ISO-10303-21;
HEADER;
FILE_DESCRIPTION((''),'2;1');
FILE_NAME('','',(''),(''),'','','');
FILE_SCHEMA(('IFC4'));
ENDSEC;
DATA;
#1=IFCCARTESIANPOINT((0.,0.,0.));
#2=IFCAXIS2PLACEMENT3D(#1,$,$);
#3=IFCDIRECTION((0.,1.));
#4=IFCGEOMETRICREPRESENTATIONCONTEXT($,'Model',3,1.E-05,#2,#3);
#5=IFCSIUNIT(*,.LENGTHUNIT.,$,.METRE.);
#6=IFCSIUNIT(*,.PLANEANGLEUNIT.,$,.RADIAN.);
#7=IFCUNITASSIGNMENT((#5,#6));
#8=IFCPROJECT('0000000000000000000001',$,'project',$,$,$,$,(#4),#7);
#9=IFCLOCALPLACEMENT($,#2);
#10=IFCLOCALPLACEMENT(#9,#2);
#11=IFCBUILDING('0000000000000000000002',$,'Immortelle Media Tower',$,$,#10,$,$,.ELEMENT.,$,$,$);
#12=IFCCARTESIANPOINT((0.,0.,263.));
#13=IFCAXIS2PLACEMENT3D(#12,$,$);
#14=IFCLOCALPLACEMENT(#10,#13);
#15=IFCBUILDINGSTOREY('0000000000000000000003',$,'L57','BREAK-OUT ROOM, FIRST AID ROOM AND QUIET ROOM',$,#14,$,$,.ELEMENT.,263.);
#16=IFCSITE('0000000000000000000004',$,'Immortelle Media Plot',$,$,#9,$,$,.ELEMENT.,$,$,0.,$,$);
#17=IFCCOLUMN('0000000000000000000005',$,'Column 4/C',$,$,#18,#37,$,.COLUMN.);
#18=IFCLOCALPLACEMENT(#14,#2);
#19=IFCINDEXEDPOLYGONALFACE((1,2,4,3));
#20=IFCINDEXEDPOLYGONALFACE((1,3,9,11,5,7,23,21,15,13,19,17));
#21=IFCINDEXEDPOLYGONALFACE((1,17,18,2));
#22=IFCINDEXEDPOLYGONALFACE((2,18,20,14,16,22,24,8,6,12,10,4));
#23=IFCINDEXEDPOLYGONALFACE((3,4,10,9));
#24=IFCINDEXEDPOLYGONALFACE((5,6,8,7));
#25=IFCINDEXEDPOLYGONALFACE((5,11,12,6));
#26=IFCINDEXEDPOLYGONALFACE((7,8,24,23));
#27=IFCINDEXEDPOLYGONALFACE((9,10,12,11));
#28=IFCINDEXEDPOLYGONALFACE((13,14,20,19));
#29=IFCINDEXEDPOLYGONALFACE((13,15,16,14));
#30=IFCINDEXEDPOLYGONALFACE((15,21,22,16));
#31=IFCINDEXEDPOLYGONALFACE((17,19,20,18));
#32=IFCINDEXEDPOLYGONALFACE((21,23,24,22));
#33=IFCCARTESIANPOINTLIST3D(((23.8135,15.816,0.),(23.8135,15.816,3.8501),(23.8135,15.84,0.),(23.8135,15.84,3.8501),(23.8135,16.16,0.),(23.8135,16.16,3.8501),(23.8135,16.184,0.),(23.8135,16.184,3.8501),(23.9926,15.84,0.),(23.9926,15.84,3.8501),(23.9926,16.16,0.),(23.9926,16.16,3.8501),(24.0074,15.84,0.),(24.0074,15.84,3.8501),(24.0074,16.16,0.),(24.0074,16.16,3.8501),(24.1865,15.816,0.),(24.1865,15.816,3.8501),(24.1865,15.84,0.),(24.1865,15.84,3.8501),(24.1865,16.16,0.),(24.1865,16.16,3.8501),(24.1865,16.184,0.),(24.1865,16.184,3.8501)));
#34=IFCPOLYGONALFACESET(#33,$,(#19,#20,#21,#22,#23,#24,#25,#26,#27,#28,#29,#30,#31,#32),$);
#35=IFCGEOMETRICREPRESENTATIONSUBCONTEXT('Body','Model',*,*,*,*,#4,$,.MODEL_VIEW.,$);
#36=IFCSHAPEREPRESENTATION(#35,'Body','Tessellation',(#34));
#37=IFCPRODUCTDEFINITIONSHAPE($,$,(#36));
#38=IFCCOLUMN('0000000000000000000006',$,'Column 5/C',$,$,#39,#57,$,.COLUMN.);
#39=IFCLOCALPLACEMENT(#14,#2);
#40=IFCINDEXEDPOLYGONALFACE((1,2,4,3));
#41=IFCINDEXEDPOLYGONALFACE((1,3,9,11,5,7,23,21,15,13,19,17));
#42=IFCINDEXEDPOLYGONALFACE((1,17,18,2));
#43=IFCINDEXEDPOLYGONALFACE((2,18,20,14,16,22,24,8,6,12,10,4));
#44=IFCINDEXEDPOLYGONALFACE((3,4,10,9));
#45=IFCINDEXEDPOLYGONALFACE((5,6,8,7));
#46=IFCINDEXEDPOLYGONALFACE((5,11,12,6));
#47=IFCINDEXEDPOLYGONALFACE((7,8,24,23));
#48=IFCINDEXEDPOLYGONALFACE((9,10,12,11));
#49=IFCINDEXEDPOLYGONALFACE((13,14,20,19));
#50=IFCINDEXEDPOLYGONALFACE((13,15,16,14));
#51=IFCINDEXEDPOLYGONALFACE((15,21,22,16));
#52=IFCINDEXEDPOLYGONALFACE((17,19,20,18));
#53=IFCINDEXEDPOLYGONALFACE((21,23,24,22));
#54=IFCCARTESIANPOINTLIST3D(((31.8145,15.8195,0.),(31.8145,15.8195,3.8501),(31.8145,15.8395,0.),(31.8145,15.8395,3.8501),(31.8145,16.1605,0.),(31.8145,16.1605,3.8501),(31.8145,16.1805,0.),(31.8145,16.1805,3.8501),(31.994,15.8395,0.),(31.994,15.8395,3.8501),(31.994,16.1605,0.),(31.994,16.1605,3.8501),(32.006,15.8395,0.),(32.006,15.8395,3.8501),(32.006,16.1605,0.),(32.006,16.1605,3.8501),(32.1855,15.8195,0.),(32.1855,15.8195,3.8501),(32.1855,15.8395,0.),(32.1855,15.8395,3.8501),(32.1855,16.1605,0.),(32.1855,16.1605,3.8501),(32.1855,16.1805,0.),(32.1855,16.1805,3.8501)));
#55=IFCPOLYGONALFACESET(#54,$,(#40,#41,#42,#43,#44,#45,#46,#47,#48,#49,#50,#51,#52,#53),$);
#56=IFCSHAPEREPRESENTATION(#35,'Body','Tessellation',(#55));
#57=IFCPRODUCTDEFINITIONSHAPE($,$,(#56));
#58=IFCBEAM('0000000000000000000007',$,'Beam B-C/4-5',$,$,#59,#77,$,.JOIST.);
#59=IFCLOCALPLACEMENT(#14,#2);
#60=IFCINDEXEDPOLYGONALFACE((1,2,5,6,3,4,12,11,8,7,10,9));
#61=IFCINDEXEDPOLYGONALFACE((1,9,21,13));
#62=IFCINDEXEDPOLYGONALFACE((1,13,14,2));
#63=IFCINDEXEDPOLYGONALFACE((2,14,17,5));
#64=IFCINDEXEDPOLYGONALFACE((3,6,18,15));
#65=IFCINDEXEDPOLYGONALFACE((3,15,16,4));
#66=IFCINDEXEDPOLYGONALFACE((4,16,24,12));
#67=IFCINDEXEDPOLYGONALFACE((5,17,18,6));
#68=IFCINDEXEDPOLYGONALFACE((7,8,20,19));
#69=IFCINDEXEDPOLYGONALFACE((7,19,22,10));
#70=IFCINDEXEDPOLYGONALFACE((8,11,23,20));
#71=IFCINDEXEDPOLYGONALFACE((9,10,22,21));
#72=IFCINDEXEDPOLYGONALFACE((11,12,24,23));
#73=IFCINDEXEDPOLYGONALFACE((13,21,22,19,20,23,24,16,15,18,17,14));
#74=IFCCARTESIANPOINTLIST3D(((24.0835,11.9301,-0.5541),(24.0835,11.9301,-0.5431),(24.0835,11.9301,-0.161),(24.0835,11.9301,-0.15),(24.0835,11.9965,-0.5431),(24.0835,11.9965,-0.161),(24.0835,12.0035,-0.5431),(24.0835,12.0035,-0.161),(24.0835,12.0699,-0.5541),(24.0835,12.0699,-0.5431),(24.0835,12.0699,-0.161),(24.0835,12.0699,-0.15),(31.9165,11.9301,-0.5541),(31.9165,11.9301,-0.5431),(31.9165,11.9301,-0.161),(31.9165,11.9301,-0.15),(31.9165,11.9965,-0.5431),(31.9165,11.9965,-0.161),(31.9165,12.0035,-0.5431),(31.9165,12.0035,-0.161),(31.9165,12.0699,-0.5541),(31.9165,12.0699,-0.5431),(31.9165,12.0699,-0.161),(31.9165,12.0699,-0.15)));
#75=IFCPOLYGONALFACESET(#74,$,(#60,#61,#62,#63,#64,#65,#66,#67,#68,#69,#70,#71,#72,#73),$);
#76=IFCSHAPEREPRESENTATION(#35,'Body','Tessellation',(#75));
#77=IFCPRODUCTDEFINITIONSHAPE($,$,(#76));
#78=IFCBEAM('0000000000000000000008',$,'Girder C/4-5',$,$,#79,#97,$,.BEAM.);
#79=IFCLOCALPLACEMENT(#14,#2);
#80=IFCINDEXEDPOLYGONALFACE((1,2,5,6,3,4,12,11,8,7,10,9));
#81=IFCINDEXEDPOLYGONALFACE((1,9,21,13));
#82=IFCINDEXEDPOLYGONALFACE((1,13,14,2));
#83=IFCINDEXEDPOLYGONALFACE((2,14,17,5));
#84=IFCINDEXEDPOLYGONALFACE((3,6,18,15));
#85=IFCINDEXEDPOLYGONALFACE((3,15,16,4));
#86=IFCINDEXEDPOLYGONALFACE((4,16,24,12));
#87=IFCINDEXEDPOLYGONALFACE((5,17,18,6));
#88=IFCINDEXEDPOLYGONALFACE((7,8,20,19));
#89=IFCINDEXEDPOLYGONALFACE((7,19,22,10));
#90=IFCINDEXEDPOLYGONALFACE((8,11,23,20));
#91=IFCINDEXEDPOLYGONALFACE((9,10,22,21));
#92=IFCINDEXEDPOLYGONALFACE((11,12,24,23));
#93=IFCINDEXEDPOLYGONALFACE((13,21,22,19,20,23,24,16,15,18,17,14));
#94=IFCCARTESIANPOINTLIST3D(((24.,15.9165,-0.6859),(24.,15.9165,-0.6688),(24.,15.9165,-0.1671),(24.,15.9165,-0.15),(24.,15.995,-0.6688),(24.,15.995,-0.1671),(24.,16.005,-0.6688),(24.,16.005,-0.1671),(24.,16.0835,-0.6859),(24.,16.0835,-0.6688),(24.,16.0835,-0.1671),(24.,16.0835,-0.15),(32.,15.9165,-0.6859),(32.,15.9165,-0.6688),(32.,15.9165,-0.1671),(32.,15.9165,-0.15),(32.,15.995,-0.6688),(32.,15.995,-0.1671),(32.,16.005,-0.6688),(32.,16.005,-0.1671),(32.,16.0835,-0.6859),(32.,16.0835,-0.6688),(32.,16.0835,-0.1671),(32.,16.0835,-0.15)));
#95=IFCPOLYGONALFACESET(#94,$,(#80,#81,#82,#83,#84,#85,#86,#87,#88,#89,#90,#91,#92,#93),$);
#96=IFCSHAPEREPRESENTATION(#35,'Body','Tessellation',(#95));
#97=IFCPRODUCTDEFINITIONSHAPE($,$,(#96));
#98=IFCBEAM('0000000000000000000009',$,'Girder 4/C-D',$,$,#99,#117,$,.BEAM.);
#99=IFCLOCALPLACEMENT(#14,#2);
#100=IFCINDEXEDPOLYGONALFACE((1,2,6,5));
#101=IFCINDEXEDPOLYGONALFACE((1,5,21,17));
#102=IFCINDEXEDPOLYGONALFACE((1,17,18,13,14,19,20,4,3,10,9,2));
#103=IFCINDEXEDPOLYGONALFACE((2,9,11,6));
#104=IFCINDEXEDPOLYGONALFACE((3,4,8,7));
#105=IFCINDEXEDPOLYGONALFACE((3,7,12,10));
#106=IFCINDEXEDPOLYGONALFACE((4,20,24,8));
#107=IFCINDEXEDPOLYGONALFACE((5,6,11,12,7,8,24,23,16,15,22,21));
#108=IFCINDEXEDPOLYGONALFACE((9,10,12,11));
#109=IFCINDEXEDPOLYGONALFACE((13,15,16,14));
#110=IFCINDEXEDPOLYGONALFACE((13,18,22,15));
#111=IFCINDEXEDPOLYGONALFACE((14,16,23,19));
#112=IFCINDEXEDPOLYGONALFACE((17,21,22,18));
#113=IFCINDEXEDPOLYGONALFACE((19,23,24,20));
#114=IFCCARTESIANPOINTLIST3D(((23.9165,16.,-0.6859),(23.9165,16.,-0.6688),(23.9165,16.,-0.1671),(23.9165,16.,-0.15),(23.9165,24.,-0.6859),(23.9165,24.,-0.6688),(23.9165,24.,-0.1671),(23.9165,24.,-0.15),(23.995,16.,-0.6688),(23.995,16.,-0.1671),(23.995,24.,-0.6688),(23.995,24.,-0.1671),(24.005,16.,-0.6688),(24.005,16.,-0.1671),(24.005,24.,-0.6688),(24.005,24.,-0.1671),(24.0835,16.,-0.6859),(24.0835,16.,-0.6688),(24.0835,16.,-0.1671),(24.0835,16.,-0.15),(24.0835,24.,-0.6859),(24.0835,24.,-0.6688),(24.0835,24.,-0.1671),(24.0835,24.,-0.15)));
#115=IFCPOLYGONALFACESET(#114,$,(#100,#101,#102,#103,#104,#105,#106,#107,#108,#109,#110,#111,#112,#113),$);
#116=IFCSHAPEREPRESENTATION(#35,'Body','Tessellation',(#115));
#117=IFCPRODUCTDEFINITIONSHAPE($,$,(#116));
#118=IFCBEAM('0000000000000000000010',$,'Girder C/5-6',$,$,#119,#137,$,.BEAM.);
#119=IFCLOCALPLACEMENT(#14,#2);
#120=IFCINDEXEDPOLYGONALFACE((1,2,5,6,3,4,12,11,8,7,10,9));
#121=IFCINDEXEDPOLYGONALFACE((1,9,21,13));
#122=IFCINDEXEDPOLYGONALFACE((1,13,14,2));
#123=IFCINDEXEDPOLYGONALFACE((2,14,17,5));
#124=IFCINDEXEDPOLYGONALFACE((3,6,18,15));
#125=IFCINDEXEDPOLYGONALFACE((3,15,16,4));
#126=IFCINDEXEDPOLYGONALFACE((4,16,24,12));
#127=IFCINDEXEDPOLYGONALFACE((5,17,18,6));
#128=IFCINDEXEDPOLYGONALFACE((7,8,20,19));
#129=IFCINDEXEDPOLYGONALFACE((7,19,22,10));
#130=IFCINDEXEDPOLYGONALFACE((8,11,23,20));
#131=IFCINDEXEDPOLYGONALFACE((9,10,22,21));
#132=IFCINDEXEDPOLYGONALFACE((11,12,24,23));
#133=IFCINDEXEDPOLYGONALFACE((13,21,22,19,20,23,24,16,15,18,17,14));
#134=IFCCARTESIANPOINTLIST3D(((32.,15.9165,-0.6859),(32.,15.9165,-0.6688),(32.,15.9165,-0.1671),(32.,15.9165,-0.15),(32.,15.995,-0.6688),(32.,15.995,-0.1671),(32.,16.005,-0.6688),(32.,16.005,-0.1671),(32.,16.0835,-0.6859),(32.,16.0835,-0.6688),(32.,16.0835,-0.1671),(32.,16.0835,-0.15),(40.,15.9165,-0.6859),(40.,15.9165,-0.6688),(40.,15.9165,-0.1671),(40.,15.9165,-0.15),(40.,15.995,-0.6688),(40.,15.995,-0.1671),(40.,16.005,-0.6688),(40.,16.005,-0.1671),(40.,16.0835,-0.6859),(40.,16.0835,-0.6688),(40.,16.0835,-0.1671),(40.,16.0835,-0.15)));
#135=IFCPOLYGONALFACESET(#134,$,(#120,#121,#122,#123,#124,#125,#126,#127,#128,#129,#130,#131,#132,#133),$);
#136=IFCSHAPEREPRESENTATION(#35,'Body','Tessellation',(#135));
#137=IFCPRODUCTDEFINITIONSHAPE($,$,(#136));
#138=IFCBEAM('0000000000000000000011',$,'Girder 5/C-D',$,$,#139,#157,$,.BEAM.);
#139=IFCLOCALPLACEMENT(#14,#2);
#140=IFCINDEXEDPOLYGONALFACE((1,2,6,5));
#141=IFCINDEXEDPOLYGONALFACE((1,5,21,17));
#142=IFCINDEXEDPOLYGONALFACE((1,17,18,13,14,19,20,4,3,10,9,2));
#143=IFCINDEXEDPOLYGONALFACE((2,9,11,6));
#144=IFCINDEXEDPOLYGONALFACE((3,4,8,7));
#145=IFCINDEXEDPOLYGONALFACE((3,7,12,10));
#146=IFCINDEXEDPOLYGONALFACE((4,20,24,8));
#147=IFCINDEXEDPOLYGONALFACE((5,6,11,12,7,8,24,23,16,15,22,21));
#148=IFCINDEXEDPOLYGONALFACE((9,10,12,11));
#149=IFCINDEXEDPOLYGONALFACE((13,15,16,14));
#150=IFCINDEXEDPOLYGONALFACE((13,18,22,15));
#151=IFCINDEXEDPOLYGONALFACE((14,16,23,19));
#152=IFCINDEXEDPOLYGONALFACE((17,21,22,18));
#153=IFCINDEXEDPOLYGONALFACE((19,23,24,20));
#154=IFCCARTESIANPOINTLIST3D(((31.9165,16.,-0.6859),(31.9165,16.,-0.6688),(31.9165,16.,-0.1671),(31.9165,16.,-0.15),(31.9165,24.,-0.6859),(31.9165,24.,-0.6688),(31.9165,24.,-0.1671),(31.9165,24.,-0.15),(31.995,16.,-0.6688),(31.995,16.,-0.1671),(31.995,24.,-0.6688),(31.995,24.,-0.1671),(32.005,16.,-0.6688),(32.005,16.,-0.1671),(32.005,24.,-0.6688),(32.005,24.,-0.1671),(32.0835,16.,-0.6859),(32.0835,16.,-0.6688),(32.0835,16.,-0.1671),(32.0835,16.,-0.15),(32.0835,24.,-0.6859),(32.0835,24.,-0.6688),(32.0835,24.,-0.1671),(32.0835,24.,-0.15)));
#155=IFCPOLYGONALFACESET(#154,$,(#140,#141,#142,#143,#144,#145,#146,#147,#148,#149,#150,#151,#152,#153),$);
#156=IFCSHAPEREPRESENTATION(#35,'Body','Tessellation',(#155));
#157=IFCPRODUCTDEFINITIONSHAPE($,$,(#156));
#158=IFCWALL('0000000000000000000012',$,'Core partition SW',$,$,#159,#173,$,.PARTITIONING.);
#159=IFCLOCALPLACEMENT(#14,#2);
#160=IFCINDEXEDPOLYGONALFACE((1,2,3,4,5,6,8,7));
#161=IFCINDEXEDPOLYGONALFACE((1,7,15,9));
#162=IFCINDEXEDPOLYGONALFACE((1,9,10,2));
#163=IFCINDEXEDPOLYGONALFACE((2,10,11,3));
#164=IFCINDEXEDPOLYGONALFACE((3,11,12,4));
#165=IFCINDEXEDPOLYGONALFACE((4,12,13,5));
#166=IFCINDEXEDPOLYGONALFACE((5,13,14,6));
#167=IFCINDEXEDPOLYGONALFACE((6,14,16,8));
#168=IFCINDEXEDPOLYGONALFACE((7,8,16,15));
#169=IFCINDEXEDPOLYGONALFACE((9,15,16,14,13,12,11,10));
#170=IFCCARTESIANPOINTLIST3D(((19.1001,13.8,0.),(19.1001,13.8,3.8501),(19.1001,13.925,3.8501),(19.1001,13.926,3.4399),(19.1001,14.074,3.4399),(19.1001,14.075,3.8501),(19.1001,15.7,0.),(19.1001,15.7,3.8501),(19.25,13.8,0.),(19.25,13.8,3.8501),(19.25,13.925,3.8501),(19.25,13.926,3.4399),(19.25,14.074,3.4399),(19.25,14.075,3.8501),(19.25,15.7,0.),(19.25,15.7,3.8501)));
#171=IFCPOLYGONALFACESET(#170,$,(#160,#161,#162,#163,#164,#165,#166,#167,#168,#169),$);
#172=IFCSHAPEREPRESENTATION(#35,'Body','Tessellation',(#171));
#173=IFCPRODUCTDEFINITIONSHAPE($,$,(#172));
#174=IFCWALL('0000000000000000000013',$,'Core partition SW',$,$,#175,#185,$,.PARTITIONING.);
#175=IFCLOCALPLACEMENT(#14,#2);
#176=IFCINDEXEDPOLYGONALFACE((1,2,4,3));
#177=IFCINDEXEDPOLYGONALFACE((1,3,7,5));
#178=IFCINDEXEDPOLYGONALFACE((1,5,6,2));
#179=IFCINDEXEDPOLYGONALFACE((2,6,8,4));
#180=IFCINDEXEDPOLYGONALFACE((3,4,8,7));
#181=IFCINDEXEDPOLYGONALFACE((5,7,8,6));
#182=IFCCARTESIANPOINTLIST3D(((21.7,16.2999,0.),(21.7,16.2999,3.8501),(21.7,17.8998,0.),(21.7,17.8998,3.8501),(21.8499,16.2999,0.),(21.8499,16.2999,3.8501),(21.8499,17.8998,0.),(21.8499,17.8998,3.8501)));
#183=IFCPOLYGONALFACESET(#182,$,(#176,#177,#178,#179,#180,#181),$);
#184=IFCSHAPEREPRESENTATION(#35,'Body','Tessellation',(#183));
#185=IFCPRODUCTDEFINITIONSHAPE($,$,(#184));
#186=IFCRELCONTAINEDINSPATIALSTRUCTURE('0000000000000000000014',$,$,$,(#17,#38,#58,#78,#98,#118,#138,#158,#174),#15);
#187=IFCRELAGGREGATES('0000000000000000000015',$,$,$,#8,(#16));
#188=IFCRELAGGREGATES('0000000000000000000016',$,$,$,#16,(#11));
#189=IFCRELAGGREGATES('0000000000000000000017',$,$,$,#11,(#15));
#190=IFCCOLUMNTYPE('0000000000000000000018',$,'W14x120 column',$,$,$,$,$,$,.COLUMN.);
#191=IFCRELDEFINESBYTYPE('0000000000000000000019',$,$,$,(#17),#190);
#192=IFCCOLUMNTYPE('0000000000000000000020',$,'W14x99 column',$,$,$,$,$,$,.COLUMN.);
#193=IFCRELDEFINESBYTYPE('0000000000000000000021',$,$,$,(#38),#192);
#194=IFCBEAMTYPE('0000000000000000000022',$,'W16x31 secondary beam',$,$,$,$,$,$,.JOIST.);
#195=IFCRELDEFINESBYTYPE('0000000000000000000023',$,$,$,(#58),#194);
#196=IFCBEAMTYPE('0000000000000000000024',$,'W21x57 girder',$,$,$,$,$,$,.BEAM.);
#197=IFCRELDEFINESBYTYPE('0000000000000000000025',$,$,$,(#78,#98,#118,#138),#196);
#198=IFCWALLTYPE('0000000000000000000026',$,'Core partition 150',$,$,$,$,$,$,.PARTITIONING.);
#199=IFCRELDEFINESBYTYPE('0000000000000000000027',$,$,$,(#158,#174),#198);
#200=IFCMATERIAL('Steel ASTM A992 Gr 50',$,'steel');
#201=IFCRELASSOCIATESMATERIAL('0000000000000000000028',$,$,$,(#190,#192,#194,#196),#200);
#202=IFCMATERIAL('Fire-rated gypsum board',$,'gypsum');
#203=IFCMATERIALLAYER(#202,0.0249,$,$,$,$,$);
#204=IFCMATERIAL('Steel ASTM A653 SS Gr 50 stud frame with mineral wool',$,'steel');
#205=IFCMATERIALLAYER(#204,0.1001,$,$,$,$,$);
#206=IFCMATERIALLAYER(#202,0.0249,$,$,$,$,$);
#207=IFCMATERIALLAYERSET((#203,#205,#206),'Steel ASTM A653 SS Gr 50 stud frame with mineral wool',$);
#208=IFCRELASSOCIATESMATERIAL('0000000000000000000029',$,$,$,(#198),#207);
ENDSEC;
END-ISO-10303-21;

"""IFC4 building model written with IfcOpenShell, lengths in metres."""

from ifc_helpers import new_model, si_unit, direction, frame, frame_2d, origin, origin_2d, place, context, subcontext, project, spatial, polyline, rectangle, i_section, outline, extrude, material, layer, layer_set, material_profile, profile_set, type_object, element, save


model = new_model("IFC4")

# Units and contexts
model_context = context("Model", 3, precision=1e-05, world=origin(), true_north=direction((0.0, 1.0)))
body_context = subcontext(model_context, "Body", "Model", "MODEL_VIEW")
ifc_project = project(units=[si_unit("LENGTHUNIT", "METRE"), si_unit("PLANEANGLEUNIT", "RADIAN")], contexts=[model_context])

# Site, building, storey
site_placement = place(None, origin())
site = spatial("IfcSite", under=ifc_project, at=site_placement, Name="Immortelle Media Plot", CompositionType="ELEMENT", RefElevation=0.0)
building_placement = place(site_placement, origin())
building = spatial("IfcBuilding", under=site, at=building_placement, Name="Immortelle Media Tower", CompositionType="ELEMENT")
storey_placement = place(building_placement, frame((0.0, 0.0, 263.0)))
storey = spatial("IfcBuildingStorey", under=building, at=storey_placement, Name="L57", Description="BREAK-OUT ROOM, FIRST AID ROOM AND QUIET ROOM", CompositionType="ELEMENT", Elevation=263.0)

# Columns
ifc_material_1 = material(Name="Steel ASTM A992 Gr 50", Category="steel")
ifc_material_profile_1 = material_profile(ifc_material_1, i_section(OverallWidth=0.373, OverallDepth=0.3679, WebThickness=0.0149, FlangeThickness=0.0239, at=origin_2d()), Name="W14x120")
ifc_profile_set_1 = profile_set([ifc_material_profile_1], Name="Steel ASTM A992 Gr 50")
column_type_1 = type_object("IfcColumnType", Name="W14x120 column", PredefinedType="COLUMN", material=ifc_profile_set_1)
column_1_placement = place(storey_placement, frame((24.0, 16.0, 0.0), z_axis=(0.0, 0.0, 1.0), x_axis=(1.0, 0.0, 0.0)))
element("IfcColumn", 1, at=column_1_placement, inside=storey, type_object=column_type_1, Name="Column 4/C", PredefinedType="COLUMN", context=body_context, shape_type="SweptSolid", body=[
    extrude(i_section(OverallWidth=0.373, OverallDepth=0.3679, WebThickness=0.0149, FlangeThickness=0.0239, at=origin_2d()), origin(), (0.0, 0.0, 1.0), 3.8501),
])
ifc_material_profile_2 = material_profile(ifc_material_1, i_section(OverallWidth=0.3711, OverallDepth=0.3611, WebThickness=0.012, FlangeThickness=0.02, at=origin_2d()), Name="W14x99")
ifc_profile_set_2 = profile_set([ifc_material_profile_2], Name="Steel ASTM A992 Gr 50")
column_type_2 = type_object("IfcColumnType", Name="W14x99 column", PredefinedType="COLUMN", material=ifc_profile_set_2)
column_2_placement = place(storey_placement, frame((32.0, 16.0, 0.0), z_axis=(0.0, 0.0, 1.0), x_axis=(1.0, 0.0, 0.0)))
element("IfcColumn", 2, at=column_2_placement, inside=storey, type_object=column_type_2, Name="Column 5/C", PredefinedType="COLUMN", context=body_context, shape_type="SweptSolid", body=[
    extrude(i_section(OverallWidth=0.3711, OverallDepth=0.3611, WebThickness=0.012, FlangeThickness=0.02, at=origin_2d()), origin(), (0.0, 0.0, 1.0), 3.8501),
])

# Beams
ifc_material_profile_3 = material_profile(ifc_material_1, i_section(OverallWidth=0.1399, OverallDepth=0.4041, WebThickness=0.0071, FlangeThickness=0.011, at=origin_2d()), Name="W16x31")
ifc_profile_set_3 = profile_set([ifc_material_profile_3], Name="Steel ASTM A992 Gr 50")
beam_type_1 = type_object("IfcBeamType", Name="W16x31 secondary beam", PredefinedType="JOIST", material=ifc_profile_set_3)
beam_placement = place(storey_placement, frame((24.0835, 12.0, -0.3521), z_axis=(1.0, 0.0, 0.0), x_axis=(0.0, 1.0, 0.0)))
element("IfcBeam", 3, at=beam_placement, inside=storey, type_object=beam_type_1, Name="Beam B-C/4-5", PredefinedType="JOIST", context=body_context, shape_type="SweptSolid", body=[
    extrude(i_section(OverallWidth=0.1399, OverallDepth=0.4041, WebThickness=0.0071, FlangeThickness=0.011, at=origin_2d()), origin(), (0.0, 0.0, 1.0), 7.833),
])
ifc_material_profile_4 = material_profile(ifc_material_1, i_section(OverallWidth=0.167, OverallDepth=0.5359, WebThickness=0.01, FlangeThickness=0.0171, at=origin_2d()), Name="W21x57")
ifc_profile_set_4 = profile_set([ifc_material_profile_4], Name="Steel ASTM A992 Gr 50")
beam_type_2 = type_object("IfcBeamType", Name="W21x57 girder", PredefinedType="BEAM", material=ifc_profile_set_4)
for number, where, z_axis, x_axis, name in (
    (4, (24.0, 16.0, -0.418), (1.0, 0.0, 0.0), (0.0, 1.0, 0.0), "Girder C/4-5"),
    (5, (24.0, 16.0, -0.418), (0.0, 1.0, 0.0), (-1.0, 0.0, 0.0), "Girder 4/C-D"),
    (6, (32.0, 16.0, -0.418), (1.0, 0.0, 0.0), (0.0, 1.0, 0.0), "Girder C/5-6"),
    (7, (32.0, 16.0, -0.418), (0.0, 1.0, 0.0), (-1.0, 0.0, 0.0), "Girder 5/C-D"),
):
    element("IfcBeam", number, at=place(storey_placement, frame(where, z_axis=z_axis, x_axis=x_axis)), inside=storey, type_object=beam_type_2, Name=name, PredefinedType="BEAM", context=body_context, shape_type="SweptSolid", body=[
        extrude(i_section(OverallWidth=0.167, OverallDepth=0.5359, WebThickness=0.01, FlangeThickness=0.0171, at=origin_2d()), origin(), (0.0, 0.0, 1.0), 8.0),
    ])

# Walls
ifc_material_2 = material(Name="Fire-rated gypsum board", Category="gypsum")
ifc_layer_1 = layer(ifc_material_2, 0.0249)
ifc_material_3 = material(Name="Steel ASTM A653 SS Gr 50 stud frame with mineral wool", Category="steel")
ifc_layer_2 = layer(ifc_material_3, 0.1001)
ifc_layer_3 = layer(ifc_material_2, 0.0249)
ifc_layer_set_1 = layer_set([ifc_layer_1, ifc_layer_2, ifc_layer_3], Name="Steel ASTM A653 SS Gr 50 stud frame with mineral wool")
wall_type_1 = type_object("IfcWallType", Name="Core partition 150", PredefinedType="PARTITIONING", material=ifc_layer_set_1)
wall_1_placement = place(storey_placement, frame((19.175, 13.8, 0.0), z_axis=(0.0, 0.0, 1.0), x_axis=(0.0, 1.0, 0.0)))
element("IfcWall", 8, at=wall_1_placement, inside=storey, type_object=wall_type_1, Name="Core partition SW", PredefinedType="PARTITIONING", context=body_context, shape_type="SweptSolid", body=[
    extrude(outline(polyline([(0.0, 0.0), (1.8999, 0.0), (1.8999, 3.8501), (0.2749, 3.8501), (0.2739, 3.4399), (0.126, 3.4399), (0.125, 3.8501), (0.0, 3.8501), (0.0, 0.0)])), frame((0.0, 0.075, 0.0), z_axis=(0.0, -1.0, 0.0), x_axis=(1.0, 0.0, 0.0)), (0.0, 0.0, 1.0), 0.1499),
])
wall_2_placement = place(storey_placement, frame((21.7749, 16.3, 0.0), z_axis=(0.0, 0.0, 1.0), x_axis=(0.0, 1.0, 0.0)))
element("IfcWall", 9, at=wall_2_placement, inside=storey, type_object=wall_type_1, Name="Core partition SW", PredefinedType="PARTITIONING", context=body_context, shape_type="SweptSolid", body=[
    extrude(rectangle(XDim=1.5999, YDim=0.1499, at=frame_2d((0.7998, 0.0))), origin(), (0.0, 0.0, 1.0), 3.8501),
])

save(model, "model.ifc")
